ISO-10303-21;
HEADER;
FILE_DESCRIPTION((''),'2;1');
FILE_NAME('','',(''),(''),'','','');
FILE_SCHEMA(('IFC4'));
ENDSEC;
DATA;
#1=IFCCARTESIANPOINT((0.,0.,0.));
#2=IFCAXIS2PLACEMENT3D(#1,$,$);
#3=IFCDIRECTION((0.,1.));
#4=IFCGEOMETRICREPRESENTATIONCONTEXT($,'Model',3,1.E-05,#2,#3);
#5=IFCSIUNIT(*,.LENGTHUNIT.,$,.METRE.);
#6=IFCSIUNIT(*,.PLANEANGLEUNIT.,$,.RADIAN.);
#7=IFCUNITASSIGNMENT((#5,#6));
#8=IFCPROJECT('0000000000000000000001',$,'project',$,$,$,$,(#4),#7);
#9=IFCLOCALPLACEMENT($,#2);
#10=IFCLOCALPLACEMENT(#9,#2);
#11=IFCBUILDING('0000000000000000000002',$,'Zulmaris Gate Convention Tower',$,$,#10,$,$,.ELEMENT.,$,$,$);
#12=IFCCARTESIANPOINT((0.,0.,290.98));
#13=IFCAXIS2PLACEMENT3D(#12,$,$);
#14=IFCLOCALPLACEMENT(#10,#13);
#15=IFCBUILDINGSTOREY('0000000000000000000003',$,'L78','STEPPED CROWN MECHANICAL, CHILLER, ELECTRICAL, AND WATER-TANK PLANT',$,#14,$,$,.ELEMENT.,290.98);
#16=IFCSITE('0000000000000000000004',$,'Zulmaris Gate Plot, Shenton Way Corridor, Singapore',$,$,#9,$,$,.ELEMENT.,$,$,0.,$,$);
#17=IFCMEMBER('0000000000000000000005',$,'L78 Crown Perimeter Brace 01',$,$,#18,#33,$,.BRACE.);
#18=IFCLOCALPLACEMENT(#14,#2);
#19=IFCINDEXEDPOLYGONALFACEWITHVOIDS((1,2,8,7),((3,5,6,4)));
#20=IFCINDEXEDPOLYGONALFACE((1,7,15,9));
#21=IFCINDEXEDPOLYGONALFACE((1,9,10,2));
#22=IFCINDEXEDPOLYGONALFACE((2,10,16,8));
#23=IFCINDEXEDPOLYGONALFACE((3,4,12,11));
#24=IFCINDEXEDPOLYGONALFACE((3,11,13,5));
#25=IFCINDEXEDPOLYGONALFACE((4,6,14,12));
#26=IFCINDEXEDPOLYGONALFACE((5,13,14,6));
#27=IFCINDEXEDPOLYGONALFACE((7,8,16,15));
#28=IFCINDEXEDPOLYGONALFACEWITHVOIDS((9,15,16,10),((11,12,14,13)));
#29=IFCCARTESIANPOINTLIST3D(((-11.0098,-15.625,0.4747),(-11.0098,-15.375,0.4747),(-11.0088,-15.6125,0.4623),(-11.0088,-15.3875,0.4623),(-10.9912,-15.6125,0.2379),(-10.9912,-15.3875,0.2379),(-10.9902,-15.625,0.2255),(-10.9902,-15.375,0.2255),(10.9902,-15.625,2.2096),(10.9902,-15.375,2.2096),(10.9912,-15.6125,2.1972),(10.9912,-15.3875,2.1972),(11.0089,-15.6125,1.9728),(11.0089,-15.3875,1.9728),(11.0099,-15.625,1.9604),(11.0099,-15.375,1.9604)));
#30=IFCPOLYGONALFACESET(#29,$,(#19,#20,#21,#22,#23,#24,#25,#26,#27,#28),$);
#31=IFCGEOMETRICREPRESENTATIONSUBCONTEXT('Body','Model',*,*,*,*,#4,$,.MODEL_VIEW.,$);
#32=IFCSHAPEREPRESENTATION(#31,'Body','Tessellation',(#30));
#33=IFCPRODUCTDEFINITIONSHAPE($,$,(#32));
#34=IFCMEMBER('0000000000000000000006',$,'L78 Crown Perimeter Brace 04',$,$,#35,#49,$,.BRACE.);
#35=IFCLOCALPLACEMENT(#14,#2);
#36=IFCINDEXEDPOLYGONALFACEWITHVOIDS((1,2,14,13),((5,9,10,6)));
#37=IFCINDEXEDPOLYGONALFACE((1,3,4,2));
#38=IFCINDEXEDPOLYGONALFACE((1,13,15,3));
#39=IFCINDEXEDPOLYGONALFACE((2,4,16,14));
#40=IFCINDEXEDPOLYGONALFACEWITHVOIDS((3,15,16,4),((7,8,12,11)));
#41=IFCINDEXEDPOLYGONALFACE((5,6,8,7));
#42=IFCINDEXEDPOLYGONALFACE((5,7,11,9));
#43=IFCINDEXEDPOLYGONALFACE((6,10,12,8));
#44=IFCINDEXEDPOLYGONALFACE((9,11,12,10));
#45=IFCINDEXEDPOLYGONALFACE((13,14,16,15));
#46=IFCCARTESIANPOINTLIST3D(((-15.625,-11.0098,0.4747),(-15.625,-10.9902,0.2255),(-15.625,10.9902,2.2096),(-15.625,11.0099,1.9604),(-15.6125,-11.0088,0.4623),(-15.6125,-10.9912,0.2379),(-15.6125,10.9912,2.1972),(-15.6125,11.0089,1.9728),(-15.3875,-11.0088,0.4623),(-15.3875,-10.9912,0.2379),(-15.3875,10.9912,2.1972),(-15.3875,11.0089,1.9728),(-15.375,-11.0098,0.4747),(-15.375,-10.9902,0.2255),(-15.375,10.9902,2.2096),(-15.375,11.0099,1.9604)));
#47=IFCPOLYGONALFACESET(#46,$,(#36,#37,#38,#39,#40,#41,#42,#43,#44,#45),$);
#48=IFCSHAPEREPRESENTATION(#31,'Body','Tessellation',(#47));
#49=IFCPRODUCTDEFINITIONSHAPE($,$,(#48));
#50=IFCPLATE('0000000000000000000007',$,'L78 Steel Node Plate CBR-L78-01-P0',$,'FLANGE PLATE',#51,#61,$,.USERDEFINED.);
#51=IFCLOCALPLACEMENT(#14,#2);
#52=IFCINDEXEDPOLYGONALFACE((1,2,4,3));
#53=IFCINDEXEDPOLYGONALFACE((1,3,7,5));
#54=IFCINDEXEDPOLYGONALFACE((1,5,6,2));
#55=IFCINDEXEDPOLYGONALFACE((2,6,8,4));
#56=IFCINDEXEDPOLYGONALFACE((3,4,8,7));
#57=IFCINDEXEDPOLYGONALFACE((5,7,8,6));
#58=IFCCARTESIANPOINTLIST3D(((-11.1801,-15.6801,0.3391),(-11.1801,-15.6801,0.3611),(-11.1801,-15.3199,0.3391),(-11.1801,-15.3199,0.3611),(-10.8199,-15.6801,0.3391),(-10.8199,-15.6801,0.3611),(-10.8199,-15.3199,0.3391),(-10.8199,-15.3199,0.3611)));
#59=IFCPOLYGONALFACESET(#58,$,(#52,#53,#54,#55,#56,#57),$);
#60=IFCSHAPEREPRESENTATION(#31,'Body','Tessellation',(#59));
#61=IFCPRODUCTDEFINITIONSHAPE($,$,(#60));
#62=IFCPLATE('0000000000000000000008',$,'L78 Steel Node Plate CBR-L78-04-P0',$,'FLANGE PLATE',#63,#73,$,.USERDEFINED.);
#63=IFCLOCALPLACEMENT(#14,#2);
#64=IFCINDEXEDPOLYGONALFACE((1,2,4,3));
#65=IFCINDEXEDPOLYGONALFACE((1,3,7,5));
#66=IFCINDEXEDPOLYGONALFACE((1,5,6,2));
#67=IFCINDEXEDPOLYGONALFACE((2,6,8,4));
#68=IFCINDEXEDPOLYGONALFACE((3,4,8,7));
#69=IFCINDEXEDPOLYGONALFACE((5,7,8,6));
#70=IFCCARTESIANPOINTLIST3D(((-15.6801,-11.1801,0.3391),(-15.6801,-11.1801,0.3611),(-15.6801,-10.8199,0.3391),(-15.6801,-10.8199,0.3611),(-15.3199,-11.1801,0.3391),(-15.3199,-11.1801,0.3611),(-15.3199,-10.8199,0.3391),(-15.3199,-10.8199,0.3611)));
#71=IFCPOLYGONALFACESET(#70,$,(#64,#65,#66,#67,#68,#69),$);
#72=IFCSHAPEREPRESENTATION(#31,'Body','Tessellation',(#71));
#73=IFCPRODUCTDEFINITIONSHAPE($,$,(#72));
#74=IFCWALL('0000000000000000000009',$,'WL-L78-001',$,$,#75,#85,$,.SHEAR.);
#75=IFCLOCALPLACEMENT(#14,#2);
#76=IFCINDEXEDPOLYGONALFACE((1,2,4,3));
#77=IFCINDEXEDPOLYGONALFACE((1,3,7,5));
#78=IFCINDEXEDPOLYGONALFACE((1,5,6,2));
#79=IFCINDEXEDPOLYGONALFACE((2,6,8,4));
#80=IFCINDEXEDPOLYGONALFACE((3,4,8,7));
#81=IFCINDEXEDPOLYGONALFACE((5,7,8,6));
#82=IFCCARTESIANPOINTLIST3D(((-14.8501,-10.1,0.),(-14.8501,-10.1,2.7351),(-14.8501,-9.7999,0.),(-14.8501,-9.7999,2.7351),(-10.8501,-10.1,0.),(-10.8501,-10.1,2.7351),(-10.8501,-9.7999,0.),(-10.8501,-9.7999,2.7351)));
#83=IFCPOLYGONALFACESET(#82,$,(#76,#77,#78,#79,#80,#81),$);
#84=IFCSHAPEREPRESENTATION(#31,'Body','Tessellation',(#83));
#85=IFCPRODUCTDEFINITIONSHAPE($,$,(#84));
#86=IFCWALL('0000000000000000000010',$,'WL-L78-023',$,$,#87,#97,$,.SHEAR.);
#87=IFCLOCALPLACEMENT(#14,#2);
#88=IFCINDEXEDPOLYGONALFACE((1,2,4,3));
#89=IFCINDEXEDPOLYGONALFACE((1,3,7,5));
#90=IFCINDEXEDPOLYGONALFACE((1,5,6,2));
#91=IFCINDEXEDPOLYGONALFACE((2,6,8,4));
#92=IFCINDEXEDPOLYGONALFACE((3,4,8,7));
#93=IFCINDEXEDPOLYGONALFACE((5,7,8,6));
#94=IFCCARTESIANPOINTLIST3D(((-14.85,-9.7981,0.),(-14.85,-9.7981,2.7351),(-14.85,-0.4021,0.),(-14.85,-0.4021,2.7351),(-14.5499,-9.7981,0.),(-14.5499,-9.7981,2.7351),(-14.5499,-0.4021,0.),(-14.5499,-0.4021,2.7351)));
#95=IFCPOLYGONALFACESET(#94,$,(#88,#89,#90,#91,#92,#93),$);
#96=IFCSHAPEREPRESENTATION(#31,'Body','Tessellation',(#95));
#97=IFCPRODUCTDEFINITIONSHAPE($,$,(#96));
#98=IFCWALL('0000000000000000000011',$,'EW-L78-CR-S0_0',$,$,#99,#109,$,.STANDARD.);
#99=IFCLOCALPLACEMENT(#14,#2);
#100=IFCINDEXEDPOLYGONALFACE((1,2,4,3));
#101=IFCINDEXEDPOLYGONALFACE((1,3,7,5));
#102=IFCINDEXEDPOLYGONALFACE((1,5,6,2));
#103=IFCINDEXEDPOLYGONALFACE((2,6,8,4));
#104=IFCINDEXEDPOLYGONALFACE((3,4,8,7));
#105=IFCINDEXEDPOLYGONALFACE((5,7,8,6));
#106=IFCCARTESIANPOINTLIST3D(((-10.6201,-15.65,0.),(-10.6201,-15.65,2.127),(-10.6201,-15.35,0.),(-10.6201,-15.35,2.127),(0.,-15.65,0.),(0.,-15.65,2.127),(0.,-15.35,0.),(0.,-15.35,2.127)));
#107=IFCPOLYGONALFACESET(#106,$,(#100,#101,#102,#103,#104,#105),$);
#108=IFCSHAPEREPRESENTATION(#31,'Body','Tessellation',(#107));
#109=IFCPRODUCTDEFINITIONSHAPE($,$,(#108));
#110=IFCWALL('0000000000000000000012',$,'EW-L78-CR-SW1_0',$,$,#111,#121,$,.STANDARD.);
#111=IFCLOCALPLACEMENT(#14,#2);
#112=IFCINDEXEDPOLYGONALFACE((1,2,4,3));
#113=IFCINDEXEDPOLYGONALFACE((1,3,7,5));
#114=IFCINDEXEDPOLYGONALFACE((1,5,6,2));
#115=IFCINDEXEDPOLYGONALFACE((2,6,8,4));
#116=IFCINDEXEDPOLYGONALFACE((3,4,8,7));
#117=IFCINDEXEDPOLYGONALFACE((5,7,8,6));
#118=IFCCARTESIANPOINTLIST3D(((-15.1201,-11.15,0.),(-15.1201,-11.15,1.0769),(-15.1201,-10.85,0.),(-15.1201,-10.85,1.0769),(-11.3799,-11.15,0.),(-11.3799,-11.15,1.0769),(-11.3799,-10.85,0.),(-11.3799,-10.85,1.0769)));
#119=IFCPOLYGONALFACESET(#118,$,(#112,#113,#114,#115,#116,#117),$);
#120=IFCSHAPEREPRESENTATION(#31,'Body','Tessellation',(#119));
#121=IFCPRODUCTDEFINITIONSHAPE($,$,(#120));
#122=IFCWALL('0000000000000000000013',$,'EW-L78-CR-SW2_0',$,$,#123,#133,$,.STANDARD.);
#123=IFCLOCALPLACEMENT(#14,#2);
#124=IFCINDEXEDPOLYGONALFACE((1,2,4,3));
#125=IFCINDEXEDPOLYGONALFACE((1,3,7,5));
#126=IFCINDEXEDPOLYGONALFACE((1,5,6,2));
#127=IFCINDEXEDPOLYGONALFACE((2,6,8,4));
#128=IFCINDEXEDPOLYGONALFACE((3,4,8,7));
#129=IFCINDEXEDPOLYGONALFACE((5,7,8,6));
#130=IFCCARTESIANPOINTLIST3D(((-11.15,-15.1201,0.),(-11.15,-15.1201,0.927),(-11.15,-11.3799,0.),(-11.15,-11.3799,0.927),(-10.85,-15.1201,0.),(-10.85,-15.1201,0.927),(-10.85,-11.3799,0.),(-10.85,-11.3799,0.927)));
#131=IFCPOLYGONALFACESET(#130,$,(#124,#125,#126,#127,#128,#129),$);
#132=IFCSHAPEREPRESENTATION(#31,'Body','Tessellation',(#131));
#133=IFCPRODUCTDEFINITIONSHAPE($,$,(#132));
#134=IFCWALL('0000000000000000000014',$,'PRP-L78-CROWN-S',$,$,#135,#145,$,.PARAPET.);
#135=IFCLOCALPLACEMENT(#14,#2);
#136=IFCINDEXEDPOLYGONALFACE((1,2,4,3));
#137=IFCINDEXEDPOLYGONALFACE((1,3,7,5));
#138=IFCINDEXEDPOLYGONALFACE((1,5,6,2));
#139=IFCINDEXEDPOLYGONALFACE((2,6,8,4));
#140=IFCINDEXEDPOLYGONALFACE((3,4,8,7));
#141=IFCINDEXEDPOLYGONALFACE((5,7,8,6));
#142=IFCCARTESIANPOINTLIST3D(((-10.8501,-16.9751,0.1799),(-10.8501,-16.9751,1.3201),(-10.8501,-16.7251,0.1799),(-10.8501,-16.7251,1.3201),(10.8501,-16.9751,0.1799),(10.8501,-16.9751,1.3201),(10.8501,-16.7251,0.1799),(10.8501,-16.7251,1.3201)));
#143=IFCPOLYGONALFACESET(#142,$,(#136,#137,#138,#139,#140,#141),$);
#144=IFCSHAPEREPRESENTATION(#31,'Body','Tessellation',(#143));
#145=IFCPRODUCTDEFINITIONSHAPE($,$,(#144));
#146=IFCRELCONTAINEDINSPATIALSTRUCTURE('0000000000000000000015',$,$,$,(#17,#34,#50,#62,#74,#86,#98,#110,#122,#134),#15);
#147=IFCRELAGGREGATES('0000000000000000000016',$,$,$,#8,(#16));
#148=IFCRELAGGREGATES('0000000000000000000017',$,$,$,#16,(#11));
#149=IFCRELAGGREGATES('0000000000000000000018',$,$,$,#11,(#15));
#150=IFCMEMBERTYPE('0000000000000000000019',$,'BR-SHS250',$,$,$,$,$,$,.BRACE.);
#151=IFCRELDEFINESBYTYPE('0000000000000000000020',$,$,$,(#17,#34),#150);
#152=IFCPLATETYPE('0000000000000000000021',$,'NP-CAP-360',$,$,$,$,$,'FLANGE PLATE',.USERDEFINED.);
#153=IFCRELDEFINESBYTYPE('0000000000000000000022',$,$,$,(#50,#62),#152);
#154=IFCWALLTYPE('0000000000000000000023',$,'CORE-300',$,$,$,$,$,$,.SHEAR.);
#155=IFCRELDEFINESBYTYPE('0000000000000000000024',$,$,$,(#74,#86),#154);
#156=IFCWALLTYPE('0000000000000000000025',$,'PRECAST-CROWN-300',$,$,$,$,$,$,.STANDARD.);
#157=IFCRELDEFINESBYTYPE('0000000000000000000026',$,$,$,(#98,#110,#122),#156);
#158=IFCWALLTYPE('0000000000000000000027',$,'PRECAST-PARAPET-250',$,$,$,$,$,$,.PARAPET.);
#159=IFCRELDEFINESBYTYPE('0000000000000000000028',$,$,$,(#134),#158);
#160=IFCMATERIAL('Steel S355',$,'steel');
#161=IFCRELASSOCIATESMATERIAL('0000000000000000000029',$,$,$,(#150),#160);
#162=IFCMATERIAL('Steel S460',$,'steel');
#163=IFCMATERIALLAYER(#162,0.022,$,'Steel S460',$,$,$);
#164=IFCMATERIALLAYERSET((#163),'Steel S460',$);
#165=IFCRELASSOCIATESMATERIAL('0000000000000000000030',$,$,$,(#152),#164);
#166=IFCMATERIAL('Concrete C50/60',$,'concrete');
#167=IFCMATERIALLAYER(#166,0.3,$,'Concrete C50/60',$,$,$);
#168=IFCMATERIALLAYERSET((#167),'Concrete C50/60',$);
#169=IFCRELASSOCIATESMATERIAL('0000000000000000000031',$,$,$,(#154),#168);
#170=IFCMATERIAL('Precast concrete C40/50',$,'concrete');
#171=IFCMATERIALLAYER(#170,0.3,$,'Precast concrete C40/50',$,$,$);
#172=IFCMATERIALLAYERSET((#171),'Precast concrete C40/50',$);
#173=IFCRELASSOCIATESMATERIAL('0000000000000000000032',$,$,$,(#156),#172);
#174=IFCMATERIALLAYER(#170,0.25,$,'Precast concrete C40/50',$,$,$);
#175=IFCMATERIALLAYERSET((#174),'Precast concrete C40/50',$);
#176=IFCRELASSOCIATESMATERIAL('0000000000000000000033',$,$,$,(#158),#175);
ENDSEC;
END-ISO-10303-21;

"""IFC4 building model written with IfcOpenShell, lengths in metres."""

from ifc_helpers import new_model, si_unit, direction, frame, frame_2d, origin, origin_2d, place, context, subcontext, project, spatial, rectangle, hollow_rectangle, extrude, material, layer, layer_set, material_profile, profile_set, type_object, element, save


model = new_model("IFC4")

# Units and contexts
model_context = context("Model", 3, precision=1e-05, world=origin(), true_north=direction((0.0, 1.0)))
body_context = subcontext(model_context, "Body", "Model", "MODEL_VIEW")
ifc_project = project(units=[si_unit("LENGTHUNIT", "METRE"), si_unit("PLANEANGLEUNIT", "RADIAN")], contexts=[model_context])

# Site, building, storey
site_placement = place(None, origin())
site = spatial("IfcSite", under=ifc_project, at=site_placement, Name="Zulmaris Gate Plot, Shenton Way Corridor, Singapore", CompositionType="ELEMENT", RefElevation=0.0)
building_placement = place(site_placement, origin())
building = spatial("IfcBuilding", under=site, at=building_placement, Name="Zulmaris Gate Convention Tower", CompositionType="ELEMENT")
storey_placement = place(building_placement, frame((0.0, 0.0, 290.98)))
storey = spatial("IfcBuildingStorey", under=building, at=storey_placement, Name="L78", Description="STEPPED CROWN MECHANICAL, CHILLER, ELECTRICAL, AND WATER-TANK PLANT", CompositionType="ELEMENT", Elevation=290.98)

# Shared definitions
ifc_material_1 = material(Name="Concrete C50/60", Category="concrete")

# Shared definitions
ifc_material_2 = material(Name="Steel S355", Category="steel")

# Members
ifc_material_profile_1 = material_profile(ifc_material_2, hollow_rectangle(XDim=0.25, YDim=0.25, WallThickness=0.0125, at=origin_2d()), Name="SHS 250x250x12.5")
ifc_profile_set_1 = profile_set([ifc_material_profile_1], Name="Steel S355")
member_type = type_object("IfcMemberType", Name="BR-SHS250", PredefinedType="BRACE", material=ifc_profile_set_1)
for number, where, z_axis, x_axis, name in (
    (1, (-11.0, -15.5, 0.3501), (0.996905, 0.0, 0.078613), (0.0, 1.0, 0.0), "L78 Crown Perimeter Brace 01"),
    (2, (-15.5, -11.0, 0.3501), (0.0, 0.996905, 0.078613), (-1.0, 0.0, 0.0), "L78 Crown Perimeter Brace 04"),
):
    element("IfcMember", number, at=place(storey_placement, frame(where, z_axis=z_axis, x_axis=x_axis)), inside=storey, type_object=member_type, Name=name, PredefinedType="BRACE", context=body_context, shape_type="SweptSolid", body=[
        extrude(hollow_rectangle(XDim=0.25, YDim=0.25, WallThickness=0.0125, at=origin_2d()), origin(), (0.0, 0.0, 1.0), 22.0684),
    ])

# Plates
ifc_material_3 = material(Name="Steel S460", Category="steel")
ifc_layer_1 = layer(ifc_material_3, 0.022, Name="Steel S460")
ifc_layer_set_1 = layer_set([ifc_layer_1], Name="Steel S460")
plate_type = type_object("IfcPlateType", Name="NP-CAP-360", ElementType="FLANGE PLATE", PredefinedType="USERDEFINED", material=ifc_layer_set_1)
for number, where, z_axis, x_axis, name in (
    (3, (-11.0, -15.5, 0.3391), (0.0, 0.0, 1.0), (1.0, 0.0, 0.0), "L78 Steel Node Plate CBR-L78-01-P0"),
    (4, (-15.5, -11.0, 0.3391), (0.0, 0.0, 1.0), (1.0, 0.0, 0.0), "L78 Steel Node Plate CBR-L78-04-P0"),
):
    element("IfcPlate", number, at=place(storey_placement, frame(where, z_axis=z_axis, x_axis=x_axis)), inside=storey, type_object=plate_type, Name=name, ObjectType="FLANGE PLATE", PredefinedType="USERDEFINED", context=body_context, shape_type="SweptSolid", body=[
        extrude(rectangle(XDim=0.3601, YDim=0.3601, at=origin_2d()), origin(), (0.0, 0.0, 1.0), 0.022),
    ])

# Walls
ifc_layer_2 = layer(ifc_material_1, 0.3, Name="Concrete C50/60")
ifc_layer_set_2 = layer_set([ifc_layer_2], Name="Concrete C50/60")
wall_type_1 = type_object("IfcWallType", Name="CORE-300", PredefinedType="SHEAR", material=ifc_layer_set_2)
wall_1_placement = place(storey_placement, frame((-14.8501, -9.95, 0.0), z_axis=(0.0, 0.0, 1.0), x_axis=(1.0, 0.0, 0.0)))
element("IfcWall", 5, at=wall_1_placement, inside=storey, type_object=wall_type_1, Name="WL-L78-001", PredefinedType="SHEAR", context=body_context, shape_type="SweptSolid", body=[
    extrude(rectangle(XDim=4.0, YDim=0.3, at=frame_2d((2.0, 0.0))), origin(), (0.0, 0.0, 1.0), 2.7351),
])
wall_2_placement = place(storey_placement, frame((-14.7, -9.7981, 0.0), z_axis=(0.0, 0.0, 1.0), x_axis=(0.0, 1.0, 0.0)))
element("IfcWall", 6, at=wall_2_placement, inside=storey, type_object=wall_type_1, Name="WL-L78-023", PredefinedType="SHEAR", context=body_context, shape_type="SweptSolid", body=[
    extrude(rectangle(XDim=9.396, YDim=0.3, at=frame_2d((4.698, 0.0))), origin(), (0.0, 0.0, 1.0), 2.7351),
])
ifc_material_4 = material(Name="Precast concrete C40/50", Category="concrete")
ifc_layer_3 = layer(ifc_material_4, 0.3, Name="Precast concrete C40/50")
ifc_layer_set_3 = layer_set([ifc_layer_3], Name="Precast concrete C40/50")
wall_type_2 = type_object("IfcWallType", Name="PRECAST-CROWN-300", PredefinedType="STANDARD", material=ifc_layer_set_3)
wall_3_placement = place(storey_placement, frame((-10.6201, -15.5, 0.0), z_axis=(0.0, 0.0, 1.0), x_axis=(1.0, 0.0, 0.0)))
element("IfcWall", 7, at=wall_3_placement, inside=storey, type_object=wall_type_2, Name="EW-L78-CR-S0_0", PredefinedType="STANDARD", context=body_context, shape_type="SweptSolid", body=[
    extrude(rectangle(XDim=10.6201, YDim=0.3, at=frame_2d((5.3101, 0.0))), origin(), (0.0, 0.0, 1.0), 2.127),
])
wall_4_placement = place(storey_placement, frame((-15.1201, -11.0, 0.0), z_axis=(0.0, 0.0, 1.0), x_axis=(1.0, 0.0, 0.0)))
element("IfcWall", 8, at=wall_4_placement, inside=storey, type_object=wall_type_2, Name="EW-L78-CR-SW1_0", PredefinedType="STANDARD", context=body_context, shape_type="SweptSolid", body=[
    extrude(rectangle(XDim=3.7402, YDim=0.3, at=frame_2d((1.8701, 0.0))), origin(), (0.0, 0.0, 1.0), 1.0769),
])
wall_5_placement = place(storey_placement, frame((-11.0, -11.3799, 0.0), z_axis=(0.0, 0.0, 1.0), x_axis=(0.0, -1.0, 0.0)))
element("IfcWall", 9, at=wall_5_placement, inside=storey, type_object=wall_type_2, Name="EW-L78-CR-SW2_0", PredefinedType="STANDARD", context=body_context, shape_type="SweptSolid", body=[
    extrude(rectangle(XDim=3.7402, YDim=0.3, at=frame_2d((1.8701, 0.0))), origin(), (0.0, 0.0, 1.0), 0.927),
])
ifc_layer_4 = layer(ifc_material_4, 0.25, Name="Precast concrete C40/50")
ifc_layer_set_4 = layer_set([ifc_layer_4], Name="Precast concrete C40/50")
wall_type_3 = type_object("IfcWallType", Name="PRECAST-PARAPET-250", PredefinedType="PARAPET", material=ifc_layer_set_4)
wall_6_placement = place(storey_placement, frame((-10.8501, -16.8501, 0.1799), z_axis=(0.0, 0.0, 1.0), x_axis=(1.0, 0.0, 0.0)))
element("IfcWall", 10, at=wall_6_placement, inside=storey, type_object=wall_type_3, Name="PRP-L78-CROWN-S", PredefinedType="PARAPET", context=body_context, shape_type="SweptSolid", body=[
    extrude(rectangle(XDim=21.7002, YDim=0.25, at=frame_2d((10.8501, 0.0))), origin(), (0.0, 0.0, 1.0), 1.1401),
])

save(model, "model.ifc")
